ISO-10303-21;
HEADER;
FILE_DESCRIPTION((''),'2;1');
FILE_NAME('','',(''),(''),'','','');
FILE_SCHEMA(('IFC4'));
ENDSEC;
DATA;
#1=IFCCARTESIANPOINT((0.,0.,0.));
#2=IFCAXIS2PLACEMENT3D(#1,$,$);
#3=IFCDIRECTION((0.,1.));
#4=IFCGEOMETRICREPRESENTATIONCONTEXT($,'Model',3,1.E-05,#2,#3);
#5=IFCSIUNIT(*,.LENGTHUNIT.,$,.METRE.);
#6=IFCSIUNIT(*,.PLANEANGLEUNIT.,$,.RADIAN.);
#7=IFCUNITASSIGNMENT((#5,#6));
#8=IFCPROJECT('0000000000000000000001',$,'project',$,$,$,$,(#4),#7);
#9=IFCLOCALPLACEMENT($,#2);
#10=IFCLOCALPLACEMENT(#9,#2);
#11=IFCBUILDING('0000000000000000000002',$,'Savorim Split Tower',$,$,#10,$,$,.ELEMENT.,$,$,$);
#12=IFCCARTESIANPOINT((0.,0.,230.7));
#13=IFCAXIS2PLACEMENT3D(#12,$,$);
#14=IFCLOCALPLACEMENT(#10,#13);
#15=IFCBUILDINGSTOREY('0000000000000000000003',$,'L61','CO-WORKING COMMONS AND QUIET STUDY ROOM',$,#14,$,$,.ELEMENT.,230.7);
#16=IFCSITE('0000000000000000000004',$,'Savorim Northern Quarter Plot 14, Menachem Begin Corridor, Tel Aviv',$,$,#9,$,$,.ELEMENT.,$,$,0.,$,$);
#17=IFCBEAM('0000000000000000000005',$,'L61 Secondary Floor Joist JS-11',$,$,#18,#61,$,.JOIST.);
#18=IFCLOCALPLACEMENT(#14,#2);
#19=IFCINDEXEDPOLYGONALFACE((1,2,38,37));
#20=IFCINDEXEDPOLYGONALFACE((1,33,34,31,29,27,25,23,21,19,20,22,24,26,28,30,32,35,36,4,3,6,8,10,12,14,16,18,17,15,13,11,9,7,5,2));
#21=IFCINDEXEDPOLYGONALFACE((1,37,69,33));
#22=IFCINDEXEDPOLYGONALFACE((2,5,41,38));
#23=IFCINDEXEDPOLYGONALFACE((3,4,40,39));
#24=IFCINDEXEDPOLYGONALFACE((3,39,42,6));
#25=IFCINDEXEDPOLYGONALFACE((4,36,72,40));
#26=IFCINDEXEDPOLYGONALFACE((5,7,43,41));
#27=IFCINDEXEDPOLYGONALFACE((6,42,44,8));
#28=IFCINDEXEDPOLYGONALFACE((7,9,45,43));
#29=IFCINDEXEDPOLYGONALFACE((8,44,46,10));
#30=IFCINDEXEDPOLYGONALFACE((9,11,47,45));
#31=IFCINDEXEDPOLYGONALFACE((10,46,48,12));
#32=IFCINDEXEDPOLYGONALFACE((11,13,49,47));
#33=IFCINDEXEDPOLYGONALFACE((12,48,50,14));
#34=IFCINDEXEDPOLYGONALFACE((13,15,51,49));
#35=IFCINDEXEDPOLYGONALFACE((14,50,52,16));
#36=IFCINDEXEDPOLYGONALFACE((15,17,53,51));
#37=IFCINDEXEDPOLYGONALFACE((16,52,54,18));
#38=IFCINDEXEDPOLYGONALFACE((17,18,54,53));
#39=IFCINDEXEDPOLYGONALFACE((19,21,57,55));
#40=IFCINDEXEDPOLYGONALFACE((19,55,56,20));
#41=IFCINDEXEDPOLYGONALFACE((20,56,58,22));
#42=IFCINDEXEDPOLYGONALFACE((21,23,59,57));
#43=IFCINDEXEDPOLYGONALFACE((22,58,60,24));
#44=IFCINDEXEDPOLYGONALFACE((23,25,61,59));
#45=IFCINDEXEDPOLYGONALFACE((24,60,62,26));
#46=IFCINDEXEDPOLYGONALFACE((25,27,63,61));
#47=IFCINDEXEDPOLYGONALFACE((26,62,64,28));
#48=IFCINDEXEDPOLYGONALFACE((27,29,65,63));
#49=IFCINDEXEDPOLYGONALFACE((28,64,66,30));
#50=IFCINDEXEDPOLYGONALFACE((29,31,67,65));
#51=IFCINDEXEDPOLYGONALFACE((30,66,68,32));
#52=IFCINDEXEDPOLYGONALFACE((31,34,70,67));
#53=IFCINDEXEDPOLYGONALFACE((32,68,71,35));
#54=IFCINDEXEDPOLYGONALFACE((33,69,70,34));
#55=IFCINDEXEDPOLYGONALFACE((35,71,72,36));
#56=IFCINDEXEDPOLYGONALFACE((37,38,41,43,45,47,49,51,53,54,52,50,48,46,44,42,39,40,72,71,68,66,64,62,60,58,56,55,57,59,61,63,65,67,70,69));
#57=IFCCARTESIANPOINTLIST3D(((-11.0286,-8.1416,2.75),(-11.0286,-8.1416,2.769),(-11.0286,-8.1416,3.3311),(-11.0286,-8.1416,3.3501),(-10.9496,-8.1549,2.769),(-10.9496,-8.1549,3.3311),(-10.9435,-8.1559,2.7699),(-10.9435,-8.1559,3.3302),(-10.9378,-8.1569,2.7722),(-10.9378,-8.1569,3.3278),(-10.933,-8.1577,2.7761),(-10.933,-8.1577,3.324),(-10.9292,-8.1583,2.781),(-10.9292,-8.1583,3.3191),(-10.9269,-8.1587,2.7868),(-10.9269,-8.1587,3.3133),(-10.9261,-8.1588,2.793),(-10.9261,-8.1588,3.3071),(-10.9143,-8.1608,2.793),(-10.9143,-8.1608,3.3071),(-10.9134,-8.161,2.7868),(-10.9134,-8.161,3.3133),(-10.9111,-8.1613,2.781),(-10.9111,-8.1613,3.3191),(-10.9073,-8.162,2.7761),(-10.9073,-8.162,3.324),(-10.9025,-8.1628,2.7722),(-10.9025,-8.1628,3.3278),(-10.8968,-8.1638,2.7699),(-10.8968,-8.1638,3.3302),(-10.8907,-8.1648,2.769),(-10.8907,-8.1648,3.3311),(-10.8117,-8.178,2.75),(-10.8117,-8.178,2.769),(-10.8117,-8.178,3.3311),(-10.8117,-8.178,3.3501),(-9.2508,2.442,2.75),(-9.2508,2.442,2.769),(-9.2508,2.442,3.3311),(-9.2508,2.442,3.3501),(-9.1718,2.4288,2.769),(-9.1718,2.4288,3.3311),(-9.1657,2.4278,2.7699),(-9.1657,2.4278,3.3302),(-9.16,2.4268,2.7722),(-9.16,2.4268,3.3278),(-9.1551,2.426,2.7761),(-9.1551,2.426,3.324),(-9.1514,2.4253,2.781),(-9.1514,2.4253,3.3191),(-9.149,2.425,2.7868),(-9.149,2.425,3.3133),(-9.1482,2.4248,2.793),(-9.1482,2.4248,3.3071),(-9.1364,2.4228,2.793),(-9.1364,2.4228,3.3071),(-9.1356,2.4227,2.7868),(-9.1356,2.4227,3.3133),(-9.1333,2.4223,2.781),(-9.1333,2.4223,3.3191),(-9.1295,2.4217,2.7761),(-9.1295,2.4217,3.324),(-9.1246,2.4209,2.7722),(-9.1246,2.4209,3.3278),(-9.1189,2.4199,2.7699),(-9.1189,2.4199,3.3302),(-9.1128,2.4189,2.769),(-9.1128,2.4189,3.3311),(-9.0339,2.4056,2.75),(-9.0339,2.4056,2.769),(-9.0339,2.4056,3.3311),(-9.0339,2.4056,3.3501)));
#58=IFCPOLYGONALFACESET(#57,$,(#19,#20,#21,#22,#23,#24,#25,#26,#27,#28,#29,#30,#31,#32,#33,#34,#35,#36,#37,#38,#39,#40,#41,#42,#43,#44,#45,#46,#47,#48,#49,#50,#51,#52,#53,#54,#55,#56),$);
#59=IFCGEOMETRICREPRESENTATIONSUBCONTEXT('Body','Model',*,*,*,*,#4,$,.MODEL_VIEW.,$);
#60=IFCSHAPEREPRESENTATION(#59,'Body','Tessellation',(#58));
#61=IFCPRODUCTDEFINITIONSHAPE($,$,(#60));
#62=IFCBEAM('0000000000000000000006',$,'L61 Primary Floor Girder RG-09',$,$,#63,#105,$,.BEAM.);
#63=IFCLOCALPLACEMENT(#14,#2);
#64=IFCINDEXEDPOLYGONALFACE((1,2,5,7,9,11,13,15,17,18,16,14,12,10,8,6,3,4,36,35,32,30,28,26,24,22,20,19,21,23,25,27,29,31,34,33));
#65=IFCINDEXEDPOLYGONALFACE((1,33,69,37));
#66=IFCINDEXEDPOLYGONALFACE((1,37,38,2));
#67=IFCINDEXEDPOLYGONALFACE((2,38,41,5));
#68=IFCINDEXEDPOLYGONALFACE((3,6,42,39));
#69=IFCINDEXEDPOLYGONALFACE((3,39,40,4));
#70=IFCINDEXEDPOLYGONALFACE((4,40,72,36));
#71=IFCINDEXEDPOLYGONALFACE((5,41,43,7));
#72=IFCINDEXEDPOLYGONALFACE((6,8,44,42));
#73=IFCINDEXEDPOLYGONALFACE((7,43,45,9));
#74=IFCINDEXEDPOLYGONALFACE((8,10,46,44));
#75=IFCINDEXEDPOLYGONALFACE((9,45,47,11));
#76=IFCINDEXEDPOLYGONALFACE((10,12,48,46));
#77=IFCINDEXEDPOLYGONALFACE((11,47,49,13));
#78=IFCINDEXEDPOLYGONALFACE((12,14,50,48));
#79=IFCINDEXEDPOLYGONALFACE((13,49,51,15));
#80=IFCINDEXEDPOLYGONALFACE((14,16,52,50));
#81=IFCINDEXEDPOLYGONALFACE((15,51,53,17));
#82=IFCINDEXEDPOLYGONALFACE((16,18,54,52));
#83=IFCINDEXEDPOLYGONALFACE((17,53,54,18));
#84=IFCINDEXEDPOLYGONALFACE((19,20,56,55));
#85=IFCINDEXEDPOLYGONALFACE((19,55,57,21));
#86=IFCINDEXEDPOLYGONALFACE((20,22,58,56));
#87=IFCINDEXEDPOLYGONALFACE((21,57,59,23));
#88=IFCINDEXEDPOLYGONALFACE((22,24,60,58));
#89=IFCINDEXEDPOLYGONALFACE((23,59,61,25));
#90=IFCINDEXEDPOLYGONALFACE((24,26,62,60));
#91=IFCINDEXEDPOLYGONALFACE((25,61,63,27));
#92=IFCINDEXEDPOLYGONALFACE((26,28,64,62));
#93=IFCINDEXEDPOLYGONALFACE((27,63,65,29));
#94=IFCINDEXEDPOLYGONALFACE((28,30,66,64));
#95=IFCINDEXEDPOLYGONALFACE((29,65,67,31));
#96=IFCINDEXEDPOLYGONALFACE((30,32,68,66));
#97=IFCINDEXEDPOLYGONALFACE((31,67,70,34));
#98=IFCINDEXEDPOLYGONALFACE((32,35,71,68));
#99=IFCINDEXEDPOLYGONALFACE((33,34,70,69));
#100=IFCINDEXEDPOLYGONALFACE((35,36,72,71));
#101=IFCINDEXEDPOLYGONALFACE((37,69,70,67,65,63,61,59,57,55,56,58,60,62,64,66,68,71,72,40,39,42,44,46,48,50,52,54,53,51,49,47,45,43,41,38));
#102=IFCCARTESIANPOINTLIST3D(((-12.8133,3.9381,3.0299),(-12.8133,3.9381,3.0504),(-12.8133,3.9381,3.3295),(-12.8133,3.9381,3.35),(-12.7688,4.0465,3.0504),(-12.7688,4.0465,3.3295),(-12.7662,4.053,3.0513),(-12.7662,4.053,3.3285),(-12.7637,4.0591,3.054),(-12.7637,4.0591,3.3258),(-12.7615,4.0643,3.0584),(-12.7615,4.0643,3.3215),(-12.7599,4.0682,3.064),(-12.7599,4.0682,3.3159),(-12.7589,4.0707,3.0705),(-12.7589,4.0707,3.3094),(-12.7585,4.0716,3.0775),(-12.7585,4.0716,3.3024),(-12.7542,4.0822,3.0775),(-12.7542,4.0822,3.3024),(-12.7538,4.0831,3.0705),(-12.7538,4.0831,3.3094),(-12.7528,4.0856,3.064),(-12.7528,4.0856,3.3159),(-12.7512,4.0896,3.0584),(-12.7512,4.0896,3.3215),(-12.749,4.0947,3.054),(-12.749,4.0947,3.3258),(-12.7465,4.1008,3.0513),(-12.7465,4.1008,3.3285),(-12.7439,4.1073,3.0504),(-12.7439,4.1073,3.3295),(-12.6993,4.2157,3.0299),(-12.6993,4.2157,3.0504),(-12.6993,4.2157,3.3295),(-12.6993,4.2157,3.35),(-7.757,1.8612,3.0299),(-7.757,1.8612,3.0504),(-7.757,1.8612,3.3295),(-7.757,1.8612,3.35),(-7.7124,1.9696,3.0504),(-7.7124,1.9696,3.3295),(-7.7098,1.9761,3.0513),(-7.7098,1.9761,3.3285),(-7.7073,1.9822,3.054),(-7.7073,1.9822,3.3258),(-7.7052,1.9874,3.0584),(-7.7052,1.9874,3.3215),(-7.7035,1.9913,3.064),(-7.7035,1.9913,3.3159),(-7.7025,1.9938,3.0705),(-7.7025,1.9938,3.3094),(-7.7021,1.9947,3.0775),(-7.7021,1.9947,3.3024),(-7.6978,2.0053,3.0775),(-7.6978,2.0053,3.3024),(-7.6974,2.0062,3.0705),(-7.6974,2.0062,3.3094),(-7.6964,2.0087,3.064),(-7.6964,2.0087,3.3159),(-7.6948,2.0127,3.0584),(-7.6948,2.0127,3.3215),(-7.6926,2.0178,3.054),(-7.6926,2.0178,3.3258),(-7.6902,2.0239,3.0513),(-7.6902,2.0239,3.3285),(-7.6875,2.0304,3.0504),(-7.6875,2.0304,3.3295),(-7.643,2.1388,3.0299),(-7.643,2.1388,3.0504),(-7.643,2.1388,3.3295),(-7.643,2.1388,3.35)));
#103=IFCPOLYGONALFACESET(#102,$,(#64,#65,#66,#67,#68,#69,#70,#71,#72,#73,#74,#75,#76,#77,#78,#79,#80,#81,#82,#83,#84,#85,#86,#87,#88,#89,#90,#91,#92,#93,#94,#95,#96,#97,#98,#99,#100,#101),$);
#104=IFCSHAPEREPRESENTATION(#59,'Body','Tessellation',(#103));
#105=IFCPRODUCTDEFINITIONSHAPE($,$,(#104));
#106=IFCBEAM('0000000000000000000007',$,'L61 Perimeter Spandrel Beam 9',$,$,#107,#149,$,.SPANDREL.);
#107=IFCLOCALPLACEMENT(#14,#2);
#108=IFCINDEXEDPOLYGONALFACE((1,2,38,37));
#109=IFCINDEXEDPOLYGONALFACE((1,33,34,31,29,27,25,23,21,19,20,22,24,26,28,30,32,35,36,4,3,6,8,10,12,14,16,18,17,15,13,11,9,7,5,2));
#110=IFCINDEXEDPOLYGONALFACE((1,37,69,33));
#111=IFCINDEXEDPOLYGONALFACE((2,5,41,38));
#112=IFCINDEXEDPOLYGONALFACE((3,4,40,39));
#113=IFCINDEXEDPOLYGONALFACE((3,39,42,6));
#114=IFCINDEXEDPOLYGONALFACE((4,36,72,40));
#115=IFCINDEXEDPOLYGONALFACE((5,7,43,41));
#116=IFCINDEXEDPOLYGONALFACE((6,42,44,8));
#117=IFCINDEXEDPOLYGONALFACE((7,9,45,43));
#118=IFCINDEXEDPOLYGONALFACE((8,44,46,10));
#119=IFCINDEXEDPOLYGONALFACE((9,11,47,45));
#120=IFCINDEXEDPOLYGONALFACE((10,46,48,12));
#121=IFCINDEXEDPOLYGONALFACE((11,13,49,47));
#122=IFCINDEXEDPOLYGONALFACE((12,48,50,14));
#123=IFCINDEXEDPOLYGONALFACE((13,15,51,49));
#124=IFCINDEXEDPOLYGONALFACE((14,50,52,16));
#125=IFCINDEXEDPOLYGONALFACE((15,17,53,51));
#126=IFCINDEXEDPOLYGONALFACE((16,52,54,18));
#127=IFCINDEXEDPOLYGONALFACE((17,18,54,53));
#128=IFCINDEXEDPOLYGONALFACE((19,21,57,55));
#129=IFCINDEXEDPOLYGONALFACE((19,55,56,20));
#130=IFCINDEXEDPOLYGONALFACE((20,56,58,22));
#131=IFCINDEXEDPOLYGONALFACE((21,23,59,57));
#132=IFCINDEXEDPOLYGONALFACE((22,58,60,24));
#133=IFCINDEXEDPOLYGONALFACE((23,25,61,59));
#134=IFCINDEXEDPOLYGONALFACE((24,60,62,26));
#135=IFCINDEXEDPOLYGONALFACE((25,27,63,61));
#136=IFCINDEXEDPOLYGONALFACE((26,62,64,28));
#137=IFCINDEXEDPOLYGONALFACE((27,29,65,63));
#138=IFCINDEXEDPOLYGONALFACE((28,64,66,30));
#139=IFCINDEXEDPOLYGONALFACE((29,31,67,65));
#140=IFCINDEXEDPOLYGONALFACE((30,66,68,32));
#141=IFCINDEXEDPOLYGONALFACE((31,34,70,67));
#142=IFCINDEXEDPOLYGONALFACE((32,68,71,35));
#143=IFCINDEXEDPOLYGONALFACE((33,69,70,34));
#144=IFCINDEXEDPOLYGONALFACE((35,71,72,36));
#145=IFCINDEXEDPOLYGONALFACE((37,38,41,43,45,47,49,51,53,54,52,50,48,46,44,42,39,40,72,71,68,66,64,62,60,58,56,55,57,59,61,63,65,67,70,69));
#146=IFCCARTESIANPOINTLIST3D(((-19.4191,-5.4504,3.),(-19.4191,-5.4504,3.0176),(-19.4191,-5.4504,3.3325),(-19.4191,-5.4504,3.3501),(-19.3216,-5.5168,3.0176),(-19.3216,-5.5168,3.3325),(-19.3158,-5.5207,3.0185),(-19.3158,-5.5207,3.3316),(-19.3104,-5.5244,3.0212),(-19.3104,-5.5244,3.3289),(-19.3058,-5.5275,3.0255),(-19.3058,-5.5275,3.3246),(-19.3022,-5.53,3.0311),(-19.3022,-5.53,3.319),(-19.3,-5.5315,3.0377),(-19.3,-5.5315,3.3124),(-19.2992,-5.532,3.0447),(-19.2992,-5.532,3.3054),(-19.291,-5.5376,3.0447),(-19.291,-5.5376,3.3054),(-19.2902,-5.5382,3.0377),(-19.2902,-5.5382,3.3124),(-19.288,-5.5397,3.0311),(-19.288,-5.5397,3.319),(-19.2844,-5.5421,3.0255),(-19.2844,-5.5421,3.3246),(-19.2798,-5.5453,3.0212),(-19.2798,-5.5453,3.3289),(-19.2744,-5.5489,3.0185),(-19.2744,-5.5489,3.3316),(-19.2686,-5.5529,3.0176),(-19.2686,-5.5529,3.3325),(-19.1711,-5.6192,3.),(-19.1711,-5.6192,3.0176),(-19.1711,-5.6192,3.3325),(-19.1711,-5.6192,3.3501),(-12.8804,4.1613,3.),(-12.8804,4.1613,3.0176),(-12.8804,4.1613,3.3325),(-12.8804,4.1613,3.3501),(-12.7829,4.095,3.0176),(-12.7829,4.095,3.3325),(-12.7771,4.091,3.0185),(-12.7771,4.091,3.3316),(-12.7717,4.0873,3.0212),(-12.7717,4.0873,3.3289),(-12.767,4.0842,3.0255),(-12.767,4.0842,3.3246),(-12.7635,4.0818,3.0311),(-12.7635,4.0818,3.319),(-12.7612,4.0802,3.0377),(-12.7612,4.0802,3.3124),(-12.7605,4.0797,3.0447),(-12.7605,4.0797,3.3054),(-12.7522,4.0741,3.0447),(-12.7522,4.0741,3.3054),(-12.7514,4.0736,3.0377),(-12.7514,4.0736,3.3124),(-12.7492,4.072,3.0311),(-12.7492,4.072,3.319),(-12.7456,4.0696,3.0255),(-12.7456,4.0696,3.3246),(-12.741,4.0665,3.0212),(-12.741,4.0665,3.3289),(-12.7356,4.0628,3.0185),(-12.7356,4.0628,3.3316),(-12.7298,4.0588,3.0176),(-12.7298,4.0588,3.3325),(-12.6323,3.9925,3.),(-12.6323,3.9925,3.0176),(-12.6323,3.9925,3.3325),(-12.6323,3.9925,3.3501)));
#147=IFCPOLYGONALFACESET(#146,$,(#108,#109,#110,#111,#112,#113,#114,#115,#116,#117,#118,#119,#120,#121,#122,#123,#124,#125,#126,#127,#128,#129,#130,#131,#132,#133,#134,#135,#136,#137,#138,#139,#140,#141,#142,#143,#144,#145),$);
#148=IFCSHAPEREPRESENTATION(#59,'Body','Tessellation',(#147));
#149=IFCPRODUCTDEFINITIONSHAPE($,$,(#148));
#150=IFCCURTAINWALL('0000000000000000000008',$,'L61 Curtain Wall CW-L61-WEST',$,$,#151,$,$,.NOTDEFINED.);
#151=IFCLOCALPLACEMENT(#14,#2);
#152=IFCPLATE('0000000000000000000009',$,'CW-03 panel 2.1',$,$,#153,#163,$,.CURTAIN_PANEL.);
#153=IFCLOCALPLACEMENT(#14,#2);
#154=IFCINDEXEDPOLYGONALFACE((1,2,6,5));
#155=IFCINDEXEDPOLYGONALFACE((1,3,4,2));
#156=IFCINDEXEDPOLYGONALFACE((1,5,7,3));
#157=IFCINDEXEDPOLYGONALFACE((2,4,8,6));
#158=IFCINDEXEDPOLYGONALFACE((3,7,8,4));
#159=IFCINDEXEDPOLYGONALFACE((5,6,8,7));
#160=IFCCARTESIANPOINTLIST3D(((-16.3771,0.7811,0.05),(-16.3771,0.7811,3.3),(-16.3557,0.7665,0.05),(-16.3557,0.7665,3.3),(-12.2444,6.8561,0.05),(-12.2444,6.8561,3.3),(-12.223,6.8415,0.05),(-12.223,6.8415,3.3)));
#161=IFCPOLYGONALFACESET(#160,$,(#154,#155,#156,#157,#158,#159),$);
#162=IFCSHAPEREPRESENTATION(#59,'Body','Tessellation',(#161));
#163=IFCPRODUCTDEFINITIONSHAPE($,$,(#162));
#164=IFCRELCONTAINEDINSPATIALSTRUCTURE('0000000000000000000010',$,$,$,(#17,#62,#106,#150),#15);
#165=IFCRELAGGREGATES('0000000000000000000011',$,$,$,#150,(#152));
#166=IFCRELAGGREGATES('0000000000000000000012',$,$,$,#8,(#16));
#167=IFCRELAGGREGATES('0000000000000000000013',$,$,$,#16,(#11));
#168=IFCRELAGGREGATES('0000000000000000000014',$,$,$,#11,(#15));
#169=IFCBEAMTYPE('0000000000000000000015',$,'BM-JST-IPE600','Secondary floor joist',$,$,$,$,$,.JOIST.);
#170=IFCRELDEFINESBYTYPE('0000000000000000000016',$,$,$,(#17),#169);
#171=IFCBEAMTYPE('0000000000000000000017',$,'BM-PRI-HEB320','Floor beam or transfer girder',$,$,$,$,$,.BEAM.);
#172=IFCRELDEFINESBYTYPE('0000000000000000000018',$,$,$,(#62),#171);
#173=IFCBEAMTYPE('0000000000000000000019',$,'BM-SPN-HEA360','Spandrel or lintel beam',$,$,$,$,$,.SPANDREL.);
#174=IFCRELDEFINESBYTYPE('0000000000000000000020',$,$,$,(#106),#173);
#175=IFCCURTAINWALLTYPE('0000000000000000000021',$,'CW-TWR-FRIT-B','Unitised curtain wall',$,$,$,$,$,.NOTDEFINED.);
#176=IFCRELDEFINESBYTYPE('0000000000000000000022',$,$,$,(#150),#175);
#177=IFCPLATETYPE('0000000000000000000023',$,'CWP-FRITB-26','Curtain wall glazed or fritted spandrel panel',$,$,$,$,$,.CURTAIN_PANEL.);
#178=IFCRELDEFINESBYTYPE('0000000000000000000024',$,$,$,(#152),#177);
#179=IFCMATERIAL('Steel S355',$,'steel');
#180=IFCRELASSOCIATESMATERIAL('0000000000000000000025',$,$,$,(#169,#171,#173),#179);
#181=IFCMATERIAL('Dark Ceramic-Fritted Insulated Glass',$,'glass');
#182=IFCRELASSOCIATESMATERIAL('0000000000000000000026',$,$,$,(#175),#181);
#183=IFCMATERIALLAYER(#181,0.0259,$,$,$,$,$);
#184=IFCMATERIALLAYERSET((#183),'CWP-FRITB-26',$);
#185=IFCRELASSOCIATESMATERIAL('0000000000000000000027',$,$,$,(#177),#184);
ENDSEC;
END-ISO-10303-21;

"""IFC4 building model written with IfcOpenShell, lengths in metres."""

from ifc_helpers import new_model, si_unit, direction, frame, origin, origin_2d, place, context, subcontext, project, spatial, rectangle, i_section, extrude, material, layer, layer_set, material_profile, profile_set, type_object, element, aggregate, save


model = new_model("IFC4")

# Units and contexts
model_context = context("Model", 3, precision=1e-05, world=origin(), true_north=direction((0.0, 1.0)))
body_context = subcontext(model_context, "Body", "Model", "MODEL_VIEW")
ifc_project = project(units=[si_unit("LENGTHUNIT", "METRE"), si_unit("PLANEANGLEUNIT", "RADIAN")], contexts=[model_context])

# Site, building, storey
site_placement = place(None, origin())
site = spatial("IfcSite", under=ifc_project, at=site_placement, Name="Savorim Northern Quarter Plot 14, Menachem Begin Corridor, Tel Aviv", CompositionType="ELEMENT", RefElevation=0.0)
building_placement = place(site_placement, origin())
building = spatial("IfcBuilding", under=site, at=building_placement, Name="Savorim Split Tower", CompositionType="ELEMENT")
storey_placement = place(building_placement, frame((0.0, 0.0, 230.7)))
storey = spatial("IfcBuildingStorey", under=building, at=storey_placement, Name="L61", Description="CO-WORKING COMMONS AND QUIET STUDY ROOM", CompositionType="ELEMENT", Elevation=230.7)

# Shared definitions
ifc_material_1 = material(Name="Steel S355", Category="steel")

# Beams
ifc_material_profile_1 = material_profile(ifc_material_1, i_section(OverallWidth=0.22, OverallDepth=0.6001, WebThickness=0.012, FlangeThickness=0.019, FilletRadius=0.0239, at=origin_2d()), Name="IPE 600")
ifc_profile_set_1 = profile_set([ifc_material_profile_1], Name="Steel S355")
beam_type_1 = type_object("IfcBeamType", Name="BM-JST-IPE600", Description="Secondary floor joist", PredefinedType="JOIST", material=ifc_profile_set_1)
beam_1_placement = place(storey_placement, frame((-9.1423, 2.4238, 3.05), z_axis=(-0.165657, -0.986183, 0.0), x_axis=(0.986183, -0.165657, 0.0)))
element("IfcBeam", 1, at=beam_1_placement, inside=storey, type_object=beam_type_1, Name="L61 Secondary Floor Joist JS-11", PredefinedType="JOIST", context=body_context, shape_type="SweptSolid", body=[
    extrude(i_section(OverallWidth=0.22, OverallDepth=0.6001, WebThickness=0.012, FlangeThickness=0.019, FilletRadius=0.0239, at=origin_2d()), origin(), (0.0, 0.0, 1.0), 10.7319),
])
ifc_material_profile_2 = material_profile(ifc_material_1, i_section(OverallWidth=0.3, OverallDepth=0.3201, WebThickness=0.0115, FlangeThickness=0.0205, FilletRadius=0.0271, at=origin_2d()), Name="HEB 320")
ifc_profile_set_2 = profile_set([ifc_material_profile_2], Name="Steel S355")
beam_type_2 = type_object("IfcBeamType", Name="BM-PRI-HEB320", Description="Floor beam or transfer girder", PredefinedType="BEAM", material=ifc_profile_set_2)
beam_2_placement = place(storey_placement, frame((-12.7563, 4.0769, 3.1899), z_axis=(0.925009, -0.379945, 0.0), x_axis=(0.379945, 0.925009, 0.0)))
element("IfcBeam", 2, at=beam_2_placement, inside=storey, type_object=beam_type_2, Name="L61 Primary Floor Girder RG-09", PredefinedType="BEAM", context=body_context, shape_type="SweptSolid", body=[
    extrude(i_section(OverallWidth=0.3, OverallDepth=0.3201, WebThickness=0.0115, FlangeThickness=0.0205, FilletRadius=0.0271, at=origin_2d()), origin(), (0.0, 0.0, 1.0), 5.4663),
])
ifc_material_profile_3 = material_profile(ifc_material_1, i_section(OverallWidth=0.3, OverallDepth=0.3501, WebThickness=0.01, FlangeThickness=0.0176, FilletRadius=0.0271, at=origin_2d()), Name="HEA 360")
ifc_profile_set_3 = profile_set([ifc_material_profile_3], Name="Steel S355")
beam_type_3 = type_object("IfcBeamType", Name="BM-SPN-HEA360", Description="Spandrel or lintel beam", PredefinedType="SPANDREL", material=ifc_profile_set_3)
beam_3_placement = place(storey_placement, frame((-12.7563, 4.0769, 3.175), z_axis=(-0.562474, -0.826815, 0.0), x_axis=(0.826815, -0.562474, 0.0)))
element("IfcBeam", 3, at=beam_3_placement, inside=storey, type_object=beam_type_3, Name="L61 Perimeter Spandrel Beam 9", PredefinedType="SPANDREL", context=body_context, shape_type="SweptSolid", body=[
    extrude(i_section(OverallWidth=0.3, OverallDepth=0.3501, WebThickness=0.01, FlangeThickness=0.0176, FilletRadius=0.0271, at=origin_2d()), origin(), (0.0, 0.0, 1.0), 11.625),
])

# Curtain wall, plate
ifc_material_2 = material(Name="Dark Ceramic-Fritted Insulated Glass", Category="glass")
curtain_wall_type = type_object("IfcCurtainWallType", Name="CW-TWR-FRIT-B", Description="Unitised curtain wall", PredefinedType="NOTDEFINED", material=ifc_material_2)
curtain_wall_placement = place(storey_placement, origin())
curtain_wall = element("IfcCurtainWall", 4, at=curtain_wall_placement, inside=storey, type_object=curtain_wall_type, Name="L61 Curtain Wall CW-L61-WEST", PredefinedType="NOTDEFINED")
ifc_layer_1 = layer(ifc_material_2, 0.0259)
ifc_layer_set_1 = layer_set([ifc_layer_1], Name="CWP-FRITB-26")
plate_type = type_object("IfcPlateType", Name="CWP-FRITB-26", Description="Curtain wall glazed or fritted spandrel panel", PredefinedType="CURTAIN_PANEL", material=ifc_layer_set_1)
plate_placement = place(storey_placement, frame((-14.3, 3.8113, 0.05), z_axis=(0.0, 0.0, 1.0), x_axis=(-0.562467, -0.82682, 0.0)))
plate = element("IfcPlate", 5, at=plate_placement, type_object=plate_type, Name="CW-03 panel 2.1", PredefinedType="CURTAIN_PANEL", context=body_context, shape_type="SweptSolid", body=[
    extrude(rectangle(XDim=7.3474, YDim=0.0259, at=origin_2d()), origin(), (0.0, 0.0, 1.0), 3.25),
])
aggregate(curtain_wall, [plate])

save(model, "model.ifc")
